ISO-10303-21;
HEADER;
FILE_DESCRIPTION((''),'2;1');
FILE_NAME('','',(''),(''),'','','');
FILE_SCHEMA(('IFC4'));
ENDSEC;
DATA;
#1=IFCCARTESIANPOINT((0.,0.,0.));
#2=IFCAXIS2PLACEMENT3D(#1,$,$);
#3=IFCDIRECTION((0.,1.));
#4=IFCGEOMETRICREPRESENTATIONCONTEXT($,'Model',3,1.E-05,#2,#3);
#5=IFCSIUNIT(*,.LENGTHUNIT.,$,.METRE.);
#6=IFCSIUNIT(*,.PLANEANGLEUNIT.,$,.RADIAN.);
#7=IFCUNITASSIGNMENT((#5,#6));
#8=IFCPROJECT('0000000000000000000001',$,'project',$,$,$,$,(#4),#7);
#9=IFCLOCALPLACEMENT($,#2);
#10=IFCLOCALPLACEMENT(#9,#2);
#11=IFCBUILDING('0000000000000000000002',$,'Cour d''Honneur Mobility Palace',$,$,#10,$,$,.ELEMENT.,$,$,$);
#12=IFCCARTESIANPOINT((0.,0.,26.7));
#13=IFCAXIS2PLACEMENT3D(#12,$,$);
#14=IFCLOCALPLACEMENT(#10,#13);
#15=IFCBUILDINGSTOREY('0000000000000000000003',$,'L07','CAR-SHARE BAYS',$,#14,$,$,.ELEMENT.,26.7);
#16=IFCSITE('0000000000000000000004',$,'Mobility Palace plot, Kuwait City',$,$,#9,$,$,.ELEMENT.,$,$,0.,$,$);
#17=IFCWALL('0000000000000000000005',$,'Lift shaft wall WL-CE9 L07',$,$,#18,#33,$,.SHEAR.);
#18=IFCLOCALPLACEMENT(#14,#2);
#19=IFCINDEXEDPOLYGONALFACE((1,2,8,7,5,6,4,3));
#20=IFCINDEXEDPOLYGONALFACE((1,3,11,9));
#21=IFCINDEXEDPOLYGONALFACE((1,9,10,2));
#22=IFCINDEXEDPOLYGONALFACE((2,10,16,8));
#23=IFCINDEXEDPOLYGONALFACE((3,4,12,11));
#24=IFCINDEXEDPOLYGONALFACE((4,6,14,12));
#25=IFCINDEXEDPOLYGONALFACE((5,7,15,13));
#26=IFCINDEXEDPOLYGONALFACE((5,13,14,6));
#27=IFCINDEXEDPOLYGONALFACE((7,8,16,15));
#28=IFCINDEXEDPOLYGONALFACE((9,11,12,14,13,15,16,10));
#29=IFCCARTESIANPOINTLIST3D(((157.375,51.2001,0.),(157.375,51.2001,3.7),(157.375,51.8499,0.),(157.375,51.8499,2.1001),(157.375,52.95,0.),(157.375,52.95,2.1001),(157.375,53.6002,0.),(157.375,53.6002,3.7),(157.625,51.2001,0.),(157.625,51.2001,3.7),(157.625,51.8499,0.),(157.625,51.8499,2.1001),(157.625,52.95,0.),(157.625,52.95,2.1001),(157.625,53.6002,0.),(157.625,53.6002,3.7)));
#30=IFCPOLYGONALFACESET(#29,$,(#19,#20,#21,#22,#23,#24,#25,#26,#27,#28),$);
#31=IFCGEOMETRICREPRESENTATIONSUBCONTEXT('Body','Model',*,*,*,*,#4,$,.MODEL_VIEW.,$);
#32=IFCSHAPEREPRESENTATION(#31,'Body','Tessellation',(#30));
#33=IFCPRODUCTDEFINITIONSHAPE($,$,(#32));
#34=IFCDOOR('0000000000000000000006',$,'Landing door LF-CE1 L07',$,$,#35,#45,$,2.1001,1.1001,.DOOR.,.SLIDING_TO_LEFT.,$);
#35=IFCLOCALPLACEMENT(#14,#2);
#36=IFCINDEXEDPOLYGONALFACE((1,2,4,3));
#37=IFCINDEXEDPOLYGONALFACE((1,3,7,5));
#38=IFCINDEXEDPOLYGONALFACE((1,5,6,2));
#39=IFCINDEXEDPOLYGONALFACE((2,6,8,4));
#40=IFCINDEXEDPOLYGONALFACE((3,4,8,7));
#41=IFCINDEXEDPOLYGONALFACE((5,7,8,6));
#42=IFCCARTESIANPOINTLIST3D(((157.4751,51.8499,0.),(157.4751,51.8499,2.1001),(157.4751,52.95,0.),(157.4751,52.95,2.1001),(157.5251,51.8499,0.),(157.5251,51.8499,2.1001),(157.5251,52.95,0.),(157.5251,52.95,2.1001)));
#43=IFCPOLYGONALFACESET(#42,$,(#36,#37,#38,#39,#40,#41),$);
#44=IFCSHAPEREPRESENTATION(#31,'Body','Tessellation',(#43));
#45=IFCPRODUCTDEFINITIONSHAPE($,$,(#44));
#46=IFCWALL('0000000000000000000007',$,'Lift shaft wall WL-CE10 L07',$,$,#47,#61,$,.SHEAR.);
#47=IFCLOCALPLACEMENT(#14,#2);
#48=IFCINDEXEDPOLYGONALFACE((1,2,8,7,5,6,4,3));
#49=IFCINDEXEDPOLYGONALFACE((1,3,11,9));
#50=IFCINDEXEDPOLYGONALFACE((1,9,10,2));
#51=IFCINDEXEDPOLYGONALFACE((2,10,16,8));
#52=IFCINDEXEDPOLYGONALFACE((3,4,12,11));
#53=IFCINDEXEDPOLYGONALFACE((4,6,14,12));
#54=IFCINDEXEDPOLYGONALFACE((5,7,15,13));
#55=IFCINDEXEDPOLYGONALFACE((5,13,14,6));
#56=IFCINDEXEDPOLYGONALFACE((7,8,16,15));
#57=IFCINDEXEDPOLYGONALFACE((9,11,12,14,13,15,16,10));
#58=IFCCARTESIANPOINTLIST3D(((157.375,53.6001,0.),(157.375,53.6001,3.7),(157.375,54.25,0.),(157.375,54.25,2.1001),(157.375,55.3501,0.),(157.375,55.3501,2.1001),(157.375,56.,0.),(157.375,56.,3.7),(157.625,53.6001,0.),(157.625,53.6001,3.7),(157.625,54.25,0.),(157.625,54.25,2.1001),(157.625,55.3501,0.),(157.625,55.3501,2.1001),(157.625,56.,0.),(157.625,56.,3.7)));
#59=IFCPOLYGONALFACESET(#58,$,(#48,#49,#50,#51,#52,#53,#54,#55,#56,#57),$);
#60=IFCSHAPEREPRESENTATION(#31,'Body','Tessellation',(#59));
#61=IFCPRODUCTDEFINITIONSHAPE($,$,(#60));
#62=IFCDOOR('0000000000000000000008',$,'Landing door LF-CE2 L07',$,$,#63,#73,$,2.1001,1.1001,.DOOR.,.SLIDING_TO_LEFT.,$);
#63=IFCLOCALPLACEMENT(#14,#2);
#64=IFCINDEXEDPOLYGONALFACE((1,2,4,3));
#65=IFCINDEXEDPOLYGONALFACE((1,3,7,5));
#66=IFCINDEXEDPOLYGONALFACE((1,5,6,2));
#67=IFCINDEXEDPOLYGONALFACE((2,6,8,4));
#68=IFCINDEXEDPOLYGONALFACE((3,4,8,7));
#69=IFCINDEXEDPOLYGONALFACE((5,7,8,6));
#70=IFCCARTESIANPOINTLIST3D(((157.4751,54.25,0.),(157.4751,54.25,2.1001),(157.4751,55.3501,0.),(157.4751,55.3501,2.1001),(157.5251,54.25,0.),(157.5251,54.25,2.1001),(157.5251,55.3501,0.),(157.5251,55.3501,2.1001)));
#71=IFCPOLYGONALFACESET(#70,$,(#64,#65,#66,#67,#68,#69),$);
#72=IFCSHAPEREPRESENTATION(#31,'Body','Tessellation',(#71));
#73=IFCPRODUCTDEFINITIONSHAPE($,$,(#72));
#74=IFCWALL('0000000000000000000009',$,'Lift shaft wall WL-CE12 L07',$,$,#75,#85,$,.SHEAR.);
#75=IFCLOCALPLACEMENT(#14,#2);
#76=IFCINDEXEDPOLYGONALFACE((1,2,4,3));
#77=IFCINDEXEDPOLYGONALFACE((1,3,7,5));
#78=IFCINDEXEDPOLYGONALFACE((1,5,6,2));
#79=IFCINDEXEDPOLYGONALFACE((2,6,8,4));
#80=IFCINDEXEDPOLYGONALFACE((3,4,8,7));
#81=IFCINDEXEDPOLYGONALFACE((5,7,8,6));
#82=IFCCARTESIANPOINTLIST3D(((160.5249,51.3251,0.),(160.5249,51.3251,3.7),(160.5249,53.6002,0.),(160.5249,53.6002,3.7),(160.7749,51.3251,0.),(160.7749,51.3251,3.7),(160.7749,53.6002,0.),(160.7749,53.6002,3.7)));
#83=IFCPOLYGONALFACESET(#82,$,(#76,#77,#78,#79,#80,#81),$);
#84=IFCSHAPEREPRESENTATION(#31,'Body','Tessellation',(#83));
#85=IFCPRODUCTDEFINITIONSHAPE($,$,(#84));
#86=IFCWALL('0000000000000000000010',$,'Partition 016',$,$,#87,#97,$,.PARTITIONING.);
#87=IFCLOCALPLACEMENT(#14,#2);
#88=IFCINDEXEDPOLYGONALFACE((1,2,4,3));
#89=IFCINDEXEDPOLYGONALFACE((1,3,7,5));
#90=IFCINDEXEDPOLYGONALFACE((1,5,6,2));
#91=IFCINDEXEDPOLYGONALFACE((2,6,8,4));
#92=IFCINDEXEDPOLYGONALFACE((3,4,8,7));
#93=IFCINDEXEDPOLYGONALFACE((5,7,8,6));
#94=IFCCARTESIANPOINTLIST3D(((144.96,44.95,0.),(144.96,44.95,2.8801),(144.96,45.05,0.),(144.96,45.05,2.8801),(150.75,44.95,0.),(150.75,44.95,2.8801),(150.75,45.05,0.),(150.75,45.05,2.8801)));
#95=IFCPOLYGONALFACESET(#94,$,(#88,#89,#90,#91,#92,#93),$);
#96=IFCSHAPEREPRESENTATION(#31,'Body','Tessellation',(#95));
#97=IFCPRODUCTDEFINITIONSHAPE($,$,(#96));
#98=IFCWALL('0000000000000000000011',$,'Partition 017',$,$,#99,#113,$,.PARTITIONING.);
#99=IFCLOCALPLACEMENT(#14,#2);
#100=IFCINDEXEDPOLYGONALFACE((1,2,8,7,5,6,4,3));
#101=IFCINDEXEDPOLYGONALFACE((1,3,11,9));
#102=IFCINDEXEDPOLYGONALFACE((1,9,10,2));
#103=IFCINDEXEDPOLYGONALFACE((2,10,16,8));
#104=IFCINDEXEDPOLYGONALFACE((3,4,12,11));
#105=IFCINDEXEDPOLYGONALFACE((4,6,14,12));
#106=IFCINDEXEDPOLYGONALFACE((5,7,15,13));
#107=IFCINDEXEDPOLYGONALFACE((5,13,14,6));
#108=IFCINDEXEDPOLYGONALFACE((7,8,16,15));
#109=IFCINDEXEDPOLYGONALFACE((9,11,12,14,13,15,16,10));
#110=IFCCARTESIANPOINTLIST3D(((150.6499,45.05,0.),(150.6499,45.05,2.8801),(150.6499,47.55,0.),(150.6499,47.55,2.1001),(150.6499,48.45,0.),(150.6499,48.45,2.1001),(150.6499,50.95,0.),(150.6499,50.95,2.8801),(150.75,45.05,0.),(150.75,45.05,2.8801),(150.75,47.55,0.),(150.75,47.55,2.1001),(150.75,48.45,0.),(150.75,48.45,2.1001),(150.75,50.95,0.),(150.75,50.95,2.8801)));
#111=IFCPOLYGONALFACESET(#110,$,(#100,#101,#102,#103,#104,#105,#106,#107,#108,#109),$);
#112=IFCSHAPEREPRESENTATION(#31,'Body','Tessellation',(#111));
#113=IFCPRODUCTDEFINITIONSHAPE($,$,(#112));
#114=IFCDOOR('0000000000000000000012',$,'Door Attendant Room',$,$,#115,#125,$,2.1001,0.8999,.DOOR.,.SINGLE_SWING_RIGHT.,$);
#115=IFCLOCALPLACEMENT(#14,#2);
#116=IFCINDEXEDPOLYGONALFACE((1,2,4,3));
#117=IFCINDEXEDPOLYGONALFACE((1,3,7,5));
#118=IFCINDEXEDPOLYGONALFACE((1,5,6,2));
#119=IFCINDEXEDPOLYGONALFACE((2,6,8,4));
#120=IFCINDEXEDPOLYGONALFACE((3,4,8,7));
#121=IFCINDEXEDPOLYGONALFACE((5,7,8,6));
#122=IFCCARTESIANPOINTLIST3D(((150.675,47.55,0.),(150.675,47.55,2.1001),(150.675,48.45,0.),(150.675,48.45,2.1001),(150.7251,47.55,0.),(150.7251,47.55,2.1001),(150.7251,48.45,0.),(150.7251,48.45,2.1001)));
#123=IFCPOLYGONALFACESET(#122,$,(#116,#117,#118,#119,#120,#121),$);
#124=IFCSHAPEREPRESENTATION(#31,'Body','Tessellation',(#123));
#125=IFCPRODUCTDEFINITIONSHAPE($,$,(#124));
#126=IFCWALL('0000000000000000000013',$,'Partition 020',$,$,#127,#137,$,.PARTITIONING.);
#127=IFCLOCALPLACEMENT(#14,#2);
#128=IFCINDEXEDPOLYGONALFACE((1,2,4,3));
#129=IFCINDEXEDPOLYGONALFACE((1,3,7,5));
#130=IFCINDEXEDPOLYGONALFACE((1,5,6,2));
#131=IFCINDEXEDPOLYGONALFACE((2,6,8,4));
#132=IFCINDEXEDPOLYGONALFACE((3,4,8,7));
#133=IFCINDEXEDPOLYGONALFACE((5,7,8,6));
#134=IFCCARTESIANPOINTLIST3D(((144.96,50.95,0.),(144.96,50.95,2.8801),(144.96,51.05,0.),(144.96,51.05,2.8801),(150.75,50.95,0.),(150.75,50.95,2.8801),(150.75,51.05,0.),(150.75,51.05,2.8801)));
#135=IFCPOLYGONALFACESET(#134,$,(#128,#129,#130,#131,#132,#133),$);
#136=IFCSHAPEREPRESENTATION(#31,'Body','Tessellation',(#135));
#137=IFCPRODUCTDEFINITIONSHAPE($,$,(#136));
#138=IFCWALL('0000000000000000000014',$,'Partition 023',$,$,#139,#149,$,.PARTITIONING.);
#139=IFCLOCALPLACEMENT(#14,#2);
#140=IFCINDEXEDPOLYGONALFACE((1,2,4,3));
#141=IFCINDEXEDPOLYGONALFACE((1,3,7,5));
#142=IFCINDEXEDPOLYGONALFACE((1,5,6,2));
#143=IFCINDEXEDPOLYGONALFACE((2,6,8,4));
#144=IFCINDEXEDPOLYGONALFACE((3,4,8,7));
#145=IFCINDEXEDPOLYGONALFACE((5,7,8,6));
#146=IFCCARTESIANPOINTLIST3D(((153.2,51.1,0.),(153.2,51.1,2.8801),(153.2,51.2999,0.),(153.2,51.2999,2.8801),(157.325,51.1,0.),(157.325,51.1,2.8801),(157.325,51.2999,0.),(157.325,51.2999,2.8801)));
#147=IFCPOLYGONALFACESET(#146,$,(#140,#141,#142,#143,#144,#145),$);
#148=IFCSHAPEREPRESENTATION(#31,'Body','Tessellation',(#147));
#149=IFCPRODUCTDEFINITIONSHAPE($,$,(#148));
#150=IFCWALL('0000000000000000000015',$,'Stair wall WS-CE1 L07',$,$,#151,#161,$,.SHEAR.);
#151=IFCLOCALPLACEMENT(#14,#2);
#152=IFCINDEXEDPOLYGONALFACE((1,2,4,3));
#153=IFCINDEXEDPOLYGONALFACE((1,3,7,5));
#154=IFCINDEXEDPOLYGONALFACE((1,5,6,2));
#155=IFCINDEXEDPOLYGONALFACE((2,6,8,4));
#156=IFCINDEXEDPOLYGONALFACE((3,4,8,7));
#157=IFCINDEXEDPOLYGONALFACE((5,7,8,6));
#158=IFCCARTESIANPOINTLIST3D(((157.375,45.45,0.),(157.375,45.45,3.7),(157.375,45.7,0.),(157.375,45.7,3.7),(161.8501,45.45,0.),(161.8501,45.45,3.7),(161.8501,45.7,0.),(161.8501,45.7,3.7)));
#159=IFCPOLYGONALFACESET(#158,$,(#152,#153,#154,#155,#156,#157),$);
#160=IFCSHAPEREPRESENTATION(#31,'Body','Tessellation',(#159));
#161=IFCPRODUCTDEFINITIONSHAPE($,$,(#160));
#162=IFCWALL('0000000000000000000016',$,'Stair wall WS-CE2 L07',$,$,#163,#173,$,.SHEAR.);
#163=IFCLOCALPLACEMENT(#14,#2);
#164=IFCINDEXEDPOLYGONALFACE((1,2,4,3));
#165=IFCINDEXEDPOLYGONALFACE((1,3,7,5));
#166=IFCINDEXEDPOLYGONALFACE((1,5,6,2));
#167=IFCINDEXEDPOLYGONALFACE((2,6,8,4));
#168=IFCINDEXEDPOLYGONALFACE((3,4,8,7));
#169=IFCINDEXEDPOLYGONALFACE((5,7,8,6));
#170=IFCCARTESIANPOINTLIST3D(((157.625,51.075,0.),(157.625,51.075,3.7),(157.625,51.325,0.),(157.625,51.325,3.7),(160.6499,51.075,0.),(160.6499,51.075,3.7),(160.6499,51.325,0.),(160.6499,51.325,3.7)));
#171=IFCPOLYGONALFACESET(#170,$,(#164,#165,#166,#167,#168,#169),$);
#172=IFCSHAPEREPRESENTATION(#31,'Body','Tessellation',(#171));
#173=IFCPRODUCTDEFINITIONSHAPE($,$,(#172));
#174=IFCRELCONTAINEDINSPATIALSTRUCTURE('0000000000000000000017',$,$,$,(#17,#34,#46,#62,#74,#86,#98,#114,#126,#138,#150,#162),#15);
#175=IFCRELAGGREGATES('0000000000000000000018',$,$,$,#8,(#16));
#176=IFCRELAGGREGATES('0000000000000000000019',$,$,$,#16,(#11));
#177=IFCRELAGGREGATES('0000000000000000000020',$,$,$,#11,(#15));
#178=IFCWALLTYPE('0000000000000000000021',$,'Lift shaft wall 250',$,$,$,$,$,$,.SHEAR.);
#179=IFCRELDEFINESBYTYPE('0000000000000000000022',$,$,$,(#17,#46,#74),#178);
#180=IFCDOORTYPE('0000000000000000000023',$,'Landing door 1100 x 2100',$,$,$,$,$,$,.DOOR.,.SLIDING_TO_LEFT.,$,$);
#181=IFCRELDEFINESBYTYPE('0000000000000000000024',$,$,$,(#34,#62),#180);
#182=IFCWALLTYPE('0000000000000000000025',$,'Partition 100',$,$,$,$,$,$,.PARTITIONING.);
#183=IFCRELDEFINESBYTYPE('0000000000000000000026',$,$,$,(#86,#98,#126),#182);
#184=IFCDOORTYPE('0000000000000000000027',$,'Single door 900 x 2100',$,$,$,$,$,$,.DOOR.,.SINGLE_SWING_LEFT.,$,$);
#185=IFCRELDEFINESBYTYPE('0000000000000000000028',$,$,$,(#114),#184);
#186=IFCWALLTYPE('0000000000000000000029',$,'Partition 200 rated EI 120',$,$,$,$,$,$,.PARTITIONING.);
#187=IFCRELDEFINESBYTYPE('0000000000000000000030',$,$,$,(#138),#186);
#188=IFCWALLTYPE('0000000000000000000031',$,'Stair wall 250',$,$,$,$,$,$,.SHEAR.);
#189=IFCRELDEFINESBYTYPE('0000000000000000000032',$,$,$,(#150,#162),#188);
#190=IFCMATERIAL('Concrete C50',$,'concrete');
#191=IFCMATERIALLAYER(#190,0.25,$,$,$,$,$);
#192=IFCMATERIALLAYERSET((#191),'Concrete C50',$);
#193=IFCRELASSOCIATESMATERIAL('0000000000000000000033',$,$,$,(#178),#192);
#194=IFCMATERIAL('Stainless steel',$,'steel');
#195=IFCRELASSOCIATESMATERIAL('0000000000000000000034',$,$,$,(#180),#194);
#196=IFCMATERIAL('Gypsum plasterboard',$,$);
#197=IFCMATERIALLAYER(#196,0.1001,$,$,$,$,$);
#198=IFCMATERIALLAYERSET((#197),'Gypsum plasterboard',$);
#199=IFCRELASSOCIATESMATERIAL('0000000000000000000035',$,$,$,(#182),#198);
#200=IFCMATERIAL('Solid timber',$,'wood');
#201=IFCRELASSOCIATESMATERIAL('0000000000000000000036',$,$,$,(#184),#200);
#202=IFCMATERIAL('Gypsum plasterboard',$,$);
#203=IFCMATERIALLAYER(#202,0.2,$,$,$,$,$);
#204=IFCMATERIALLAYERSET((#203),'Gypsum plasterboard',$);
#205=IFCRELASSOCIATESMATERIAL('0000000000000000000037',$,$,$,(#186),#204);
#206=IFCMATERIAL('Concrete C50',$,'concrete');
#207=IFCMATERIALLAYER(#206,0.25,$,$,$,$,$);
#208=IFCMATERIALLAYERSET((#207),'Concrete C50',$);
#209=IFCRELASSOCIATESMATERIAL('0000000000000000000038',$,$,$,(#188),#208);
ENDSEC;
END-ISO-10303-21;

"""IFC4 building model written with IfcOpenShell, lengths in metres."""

from ifc_helpers import new_model, si_unit, direction, frame, frame_2d, origin, place, context, subcontext, project, spatial, rectangle, extrude, material, layer, layer_set, type_object, element, fill, save


model = new_model("IFC4")

# Units and contexts
model_context = context("Model", 3, precision=1e-05, world=origin(), true_north=direction((0.0, 1.0)))
body_context = subcontext(model_context, "Body", "Model", "MODEL_VIEW")
ifc_project = project(units=[si_unit("LENGTHUNIT", "METRE"), si_unit("PLANEANGLEUNIT", "RADIAN")], contexts=[model_context])

# Site, building, storey
site_placement = place(None, origin())
site = spatial("IfcSite", under=ifc_project, at=site_placement, Name="Mobility Palace plot, Kuwait City", CompositionType="ELEMENT", RefElevation=0.0)
building_placement = place(site_placement, origin())
building = spatial("IfcBuilding", under=site, at=building_placement, Name="Cour d'Honneur Mobility Palace", CompositionType="ELEMENT")
storey_placement = place(building_placement, frame((0.0, 0.0, 26.7)))
storey = spatial("IfcBuildingStorey", under=building, at=storey_placement, Name="L07", Description="CAR-SHARE BAYS", CompositionType="ELEMENT", Elevation=26.7)

# Shared definitions
ifc_material_1 = material(Name="Concrete C50", Category="concrete")
ifc_layer_1 = layer(ifc_material_1, 0.25)
ifc_layer_set_1 = layer_set([ifc_layer_1], Name="Concrete C50")
wall_type_1 = type_object("IfcWallType", Name="Lift shaft wall 250", PredefinedType="SHEAR", material=ifc_layer_set_1)

# Walls, openings, doors
wall_1_placement = place(storey_placement, frame((157.5, 51.2, 0.0), z_axis=(0.0, 0.0, 1.0), x_axis=(0.0, 1.0, 0.0)))
wall_1 = element("IfcWall", 1, at=wall_1_placement, inside=storey, type_object=wall_type_1, Name="Lift shaft wall WL-CE9 L07", PredefinedType="SHEAR", context=body_context, shape_type="SweptSolid", body=[
    extrude(rectangle(XDim=2.4001, YDim=0.25, at=frame_2d((1.2002, 0.0))), origin(), (0.0, 0.0, 1.0), 3.7),
])
opening_1_placement = place(wall_1_placement, frame((0.6499, 0.0, 0.0)))
opening_1 = element("IfcOpeningElement", 2, at=opening_1_placement, cuts=wall_1, PredefinedType="OPENING", context=body_context, shape_type="SweptSolid", body=[
    extrude(rectangle(XDim=1.1001, YDim=2.1001, at=frame_2d((0.55, 1.05))), frame((0.0, 0.135, 0.0), z_axis=(0.0, -1.0, 0.0), x_axis=(1.0, 0.0, 0.0)), (0.0, 0.0, 1.0), 0.27),
])
ifc_material_2 = material(Name="Stainless steel", Category="steel")
door_type_1 = type_object("IfcDoorType", Name="Landing door 1100 x 2100", OperationType="SLIDING_TO_LEFT", PredefinedType="DOOR", material=ifc_material_2)
door_1_placement = place(opening_1_placement, origin())
door_1 = element("IfcDoor", 3, at=door_1_placement, inside=storey, type_object=door_type_1, Name="Landing door LF-CE1 L07", OperationType="SLIDING_TO_LEFT", OverallHeight=2.1001, OverallWidth=1.1001, PredefinedType="DOOR", context=body_context, shape_type="SweptSolid", body=[
    extrude(rectangle(XDim=1.1001, YDim=2.1001, at=frame_2d((0.55, 1.05))), frame((0.0, 0.0249, 0.0), z_axis=(0.0, -1.0, 0.0), x_axis=(1.0, 0.0, 0.0)), (0.0, 0.0, 1.0), 0.05),
])
fill(opening_1, door_1)
wall_2_placement = place(storey_placement, frame((157.5, 53.6001, 0.0), z_axis=(0.0, 0.0, 1.0), x_axis=(0.0, 1.0, 0.0)))
wall_2 = element("IfcWall", 4, at=wall_2_placement, inside=storey, type_object=wall_type_1, Name="Lift shaft wall WL-CE10 L07", PredefinedType="SHEAR", context=body_context, shape_type="SweptSolid", body=[
    extrude(rectangle(XDim=2.3999, YDim=0.25, at=frame_2d((1.2, 0.0))), origin(), (0.0, 0.0, 1.0), 3.7),
])
opening_2_placement = place(wall_2_placement, frame((0.6499, 0.0, 0.0)))
opening_2 = element("IfcOpeningElement", 5, at=opening_2_placement, cuts=wall_2, PredefinedType="OPENING", context=body_context, shape_type="SweptSolid", body=[
    extrude(rectangle(XDim=1.1001, YDim=2.1001, at=frame_2d((0.55, 1.05))), frame((0.0, 0.135, 0.0), z_axis=(0.0, -1.0, 0.0), x_axis=(1.0, 0.0, 0.0)), (0.0, 0.0, 1.0), 0.27),
])
door_2_placement = place(opening_2_placement, origin())
door_2 = element("IfcDoor", 6, at=door_2_placement, inside=storey, type_object=door_type_1, Name="Landing door LF-CE2 L07", OperationType="SLIDING_TO_LEFT", OverallHeight=2.1001, OverallWidth=1.1001, PredefinedType="DOOR", context=body_context, shape_type="SweptSolid", body=[
    extrude(rectangle(XDim=1.1001, YDim=2.1001, at=frame_2d((0.55, 1.05))), frame((0.0, 0.0249, 0.0), z_axis=(0.0, -1.0, 0.0), x_axis=(1.0, 0.0, 0.0)), (0.0, 0.0, 1.0), 0.05),
])
fill(opening_2, door_2)

# Walls
wall_3_placement = place(storey_placement, frame((160.6499, 51.325, 0.0), z_axis=(0.0, 0.0, 1.0), x_axis=(0.0, 1.0, 0.0)))
element("IfcWall", 7, at=wall_3_placement, inside=storey, type_object=wall_type_1, Name="Lift shaft wall WL-CE12 L07", PredefinedType="SHEAR", context=body_context, shape_type="SweptSolid", body=[
    extrude(rectangle(XDim=2.2751, YDim=0.25, at=frame_2d((1.1377, 0.0))), origin(), (0.0, 0.0, 1.0), 3.7),
])
ifc_material_3 = material(Name="Gypsum plasterboard")
ifc_layer_2 = layer(ifc_material_3, 0.1001)
ifc_layer_set_2 = layer_set([ifc_layer_2], Name="Gypsum plasterboard")
wall_type_2 = type_object("IfcWallType", Name="Partition 100", PredefinedType="PARTITIONING", material=ifc_layer_set_2)
wall_4_placement = place(storey_placement, frame((144.96, 45.0, 0.0), z_axis=(0.0, 0.0, 1.0), x_axis=(1.0, 0.0, 0.0)))
element("IfcWall", 8, at=wall_4_placement, inside=storey, type_object=wall_type_2, Name="Partition 016", PredefinedType="PARTITIONING", context=body_context, shape_type="SweptSolid", body=[
    extrude(rectangle(XDim=5.79, YDim=0.1001, at=frame_2d((2.895, 0.0))), origin(), (0.0, 0.0, 1.0), 2.8801),
])

# Wall, opening, door
wall_5_placement = place(storey_placement, frame((150.7, 45.05, 0.0), z_axis=(0.0, 0.0, 1.0), x_axis=(0.0, 1.0, 0.0)))
wall_5 = element("IfcWall", 9, at=wall_5_placement, inside=storey, type_object=wall_type_2, Name="Partition 017", PredefinedType="PARTITIONING", context=body_context, shape_type="SweptSolid", body=[
    extrude(rectangle(XDim=5.8999, YDim=0.1001, at=frame_2d((2.95, 0.0))), origin(), (0.0, 0.0, 1.0), 2.8801),
])
opening_3_placement = place(wall_5_placement, frame((2.5, 0.0, 0.0)))
opening_3 = element("IfcOpeningElement", 10, at=opening_3_placement, cuts=wall_5, PredefinedType="OPENING", context=body_context, shape_type="SweptSolid", body=[
    extrude(rectangle(XDim=0.8999, YDim=2.1001, at=frame_2d((0.45, 1.05))), frame((0.0, 0.0601, 0.0), z_axis=(0.0, -1.0, 0.0), x_axis=(1.0, 0.0, 0.0)), (0.0, 0.0, 1.0), 0.1201),
])
ifc_material_4 = material(Name="Solid timber", Category="wood")
door_type_2 = type_object("IfcDoorType", Name="Single door 900 x 2100", OperationType="SINGLE_SWING_LEFT", PredefinedType="DOOR", material=ifc_material_4)
door_3_placement = place(opening_3_placement, origin())
door_3 = element("IfcDoor", 11, at=door_3_placement, inside=storey, type_object=door_type_2, Name="Door Attendant Room", OperationType="SINGLE_SWING_RIGHT", OverallHeight=2.1001, OverallWidth=0.8999, PredefinedType="DOOR", context=body_context, shape_type="SweptSolid", body=[
    extrude(rectangle(XDim=0.8999, YDim=2.1001, at=frame_2d((0.45, 1.05))), frame((0.0, 0.0249, 0.0), z_axis=(0.0, -1.0, 0.0), x_axis=(1.0, 0.0, 0.0)), (0.0, 0.0, 1.0), 0.05),
])
fill(opening_3, door_3)

# Walls
wall_6_placement = place(storey_placement, frame((150.75, 51.0, 0.0), z_axis=(0.0, 0.0, 1.0), x_axis=(-1.0, 0.0, 0.0)))
element("IfcWall", 12, at=wall_6_placement, inside=storey, type_object=wall_type_2, Name="Partition 020", PredefinedType="PARTITIONING", context=body_context, shape_type="SweptSolid", body=[
    extrude(rectangle(XDim=5.79, YDim=0.1001, at=frame_2d((2.895, 0.0))), origin(), (0.0, 0.0, 1.0), 2.8801),
])
ifc_material_5 = material(Name="Gypsum plasterboard")
ifc_layer_3 = layer(ifc_material_5, 0.2)
ifc_layer_set_3 = layer_set([ifc_layer_3], Name="Gypsum plasterboard")
wall_type_3 = type_object("IfcWallType", Name="Partition 200 rated EI 120", PredefinedType="PARTITIONING", material=ifc_layer_set_3)
wall_7_placement = place(storey_placement, frame((153.2, 51.2, 0.0), z_axis=(0.0, 0.0, 1.0), x_axis=(1.0, 0.0, 0.0)))
element("IfcWall", 13, at=wall_7_placement, inside=storey, type_object=wall_type_3, Name="Partition 023", PredefinedType="PARTITIONING", context=body_context, shape_type="SweptSolid", body=[
    extrude(rectangle(XDim=4.125, YDim=0.2, at=frame_2d((2.0625, 0.0))), origin(), (0.0, 0.0, 1.0), 2.8801),
])
ifc_material_6 = material(Name="Concrete C50", Category="concrete")
ifc_layer_4 = layer(ifc_material_6, 0.25)
ifc_layer_set_4 = layer_set([ifc_layer_4], Name="Concrete C50")
wall_type_4 = type_object("IfcWallType", Name="Stair wall 250", PredefinedType="SHEAR", material=ifc_layer_set_4)
wall_8_placement = place(storey_placement, frame((157.375, 45.575, 0.0), z_axis=(0.0, 0.0, 1.0), x_axis=(1.0, 0.0, 0.0)))
element("IfcWall", 14, at=wall_8_placement, inside=storey, type_object=wall_type_4, Name="Stair wall WS-CE1 L07", PredefinedType="SHEAR", context=body_context, shape_type="SweptSolid", body=[
    extrude(rectangle(XDim=4.4751, YDim=0.25, at=frame_2d((2.2375, 0.0))), origin(), (0.0, 0.0, 1.0), 3.7),
])
wall_9_placement = place(storey_placement, frame((157.625, 51.2, 0.0), z_axis=(0.0, 0.0, 1.0), x_axis=(1.0, 0.0, 0.0)))
element("IfcWall", 15, at=wall_9_placement, inside=storey, type_object=wall_type_4, Name="Stair wall WS-CE2 L07", PredefinedType="SHEAR", context=body_context, shape_type="SweptSolid", body=[
    extrude(rectangle(XDim=3.0249, YDim=0.25, at=frame_2d((1.5125, 0.0))), origin(), (0.0, 0.0, 1.0), 3.7),
])

save(model, "model.ifc")
